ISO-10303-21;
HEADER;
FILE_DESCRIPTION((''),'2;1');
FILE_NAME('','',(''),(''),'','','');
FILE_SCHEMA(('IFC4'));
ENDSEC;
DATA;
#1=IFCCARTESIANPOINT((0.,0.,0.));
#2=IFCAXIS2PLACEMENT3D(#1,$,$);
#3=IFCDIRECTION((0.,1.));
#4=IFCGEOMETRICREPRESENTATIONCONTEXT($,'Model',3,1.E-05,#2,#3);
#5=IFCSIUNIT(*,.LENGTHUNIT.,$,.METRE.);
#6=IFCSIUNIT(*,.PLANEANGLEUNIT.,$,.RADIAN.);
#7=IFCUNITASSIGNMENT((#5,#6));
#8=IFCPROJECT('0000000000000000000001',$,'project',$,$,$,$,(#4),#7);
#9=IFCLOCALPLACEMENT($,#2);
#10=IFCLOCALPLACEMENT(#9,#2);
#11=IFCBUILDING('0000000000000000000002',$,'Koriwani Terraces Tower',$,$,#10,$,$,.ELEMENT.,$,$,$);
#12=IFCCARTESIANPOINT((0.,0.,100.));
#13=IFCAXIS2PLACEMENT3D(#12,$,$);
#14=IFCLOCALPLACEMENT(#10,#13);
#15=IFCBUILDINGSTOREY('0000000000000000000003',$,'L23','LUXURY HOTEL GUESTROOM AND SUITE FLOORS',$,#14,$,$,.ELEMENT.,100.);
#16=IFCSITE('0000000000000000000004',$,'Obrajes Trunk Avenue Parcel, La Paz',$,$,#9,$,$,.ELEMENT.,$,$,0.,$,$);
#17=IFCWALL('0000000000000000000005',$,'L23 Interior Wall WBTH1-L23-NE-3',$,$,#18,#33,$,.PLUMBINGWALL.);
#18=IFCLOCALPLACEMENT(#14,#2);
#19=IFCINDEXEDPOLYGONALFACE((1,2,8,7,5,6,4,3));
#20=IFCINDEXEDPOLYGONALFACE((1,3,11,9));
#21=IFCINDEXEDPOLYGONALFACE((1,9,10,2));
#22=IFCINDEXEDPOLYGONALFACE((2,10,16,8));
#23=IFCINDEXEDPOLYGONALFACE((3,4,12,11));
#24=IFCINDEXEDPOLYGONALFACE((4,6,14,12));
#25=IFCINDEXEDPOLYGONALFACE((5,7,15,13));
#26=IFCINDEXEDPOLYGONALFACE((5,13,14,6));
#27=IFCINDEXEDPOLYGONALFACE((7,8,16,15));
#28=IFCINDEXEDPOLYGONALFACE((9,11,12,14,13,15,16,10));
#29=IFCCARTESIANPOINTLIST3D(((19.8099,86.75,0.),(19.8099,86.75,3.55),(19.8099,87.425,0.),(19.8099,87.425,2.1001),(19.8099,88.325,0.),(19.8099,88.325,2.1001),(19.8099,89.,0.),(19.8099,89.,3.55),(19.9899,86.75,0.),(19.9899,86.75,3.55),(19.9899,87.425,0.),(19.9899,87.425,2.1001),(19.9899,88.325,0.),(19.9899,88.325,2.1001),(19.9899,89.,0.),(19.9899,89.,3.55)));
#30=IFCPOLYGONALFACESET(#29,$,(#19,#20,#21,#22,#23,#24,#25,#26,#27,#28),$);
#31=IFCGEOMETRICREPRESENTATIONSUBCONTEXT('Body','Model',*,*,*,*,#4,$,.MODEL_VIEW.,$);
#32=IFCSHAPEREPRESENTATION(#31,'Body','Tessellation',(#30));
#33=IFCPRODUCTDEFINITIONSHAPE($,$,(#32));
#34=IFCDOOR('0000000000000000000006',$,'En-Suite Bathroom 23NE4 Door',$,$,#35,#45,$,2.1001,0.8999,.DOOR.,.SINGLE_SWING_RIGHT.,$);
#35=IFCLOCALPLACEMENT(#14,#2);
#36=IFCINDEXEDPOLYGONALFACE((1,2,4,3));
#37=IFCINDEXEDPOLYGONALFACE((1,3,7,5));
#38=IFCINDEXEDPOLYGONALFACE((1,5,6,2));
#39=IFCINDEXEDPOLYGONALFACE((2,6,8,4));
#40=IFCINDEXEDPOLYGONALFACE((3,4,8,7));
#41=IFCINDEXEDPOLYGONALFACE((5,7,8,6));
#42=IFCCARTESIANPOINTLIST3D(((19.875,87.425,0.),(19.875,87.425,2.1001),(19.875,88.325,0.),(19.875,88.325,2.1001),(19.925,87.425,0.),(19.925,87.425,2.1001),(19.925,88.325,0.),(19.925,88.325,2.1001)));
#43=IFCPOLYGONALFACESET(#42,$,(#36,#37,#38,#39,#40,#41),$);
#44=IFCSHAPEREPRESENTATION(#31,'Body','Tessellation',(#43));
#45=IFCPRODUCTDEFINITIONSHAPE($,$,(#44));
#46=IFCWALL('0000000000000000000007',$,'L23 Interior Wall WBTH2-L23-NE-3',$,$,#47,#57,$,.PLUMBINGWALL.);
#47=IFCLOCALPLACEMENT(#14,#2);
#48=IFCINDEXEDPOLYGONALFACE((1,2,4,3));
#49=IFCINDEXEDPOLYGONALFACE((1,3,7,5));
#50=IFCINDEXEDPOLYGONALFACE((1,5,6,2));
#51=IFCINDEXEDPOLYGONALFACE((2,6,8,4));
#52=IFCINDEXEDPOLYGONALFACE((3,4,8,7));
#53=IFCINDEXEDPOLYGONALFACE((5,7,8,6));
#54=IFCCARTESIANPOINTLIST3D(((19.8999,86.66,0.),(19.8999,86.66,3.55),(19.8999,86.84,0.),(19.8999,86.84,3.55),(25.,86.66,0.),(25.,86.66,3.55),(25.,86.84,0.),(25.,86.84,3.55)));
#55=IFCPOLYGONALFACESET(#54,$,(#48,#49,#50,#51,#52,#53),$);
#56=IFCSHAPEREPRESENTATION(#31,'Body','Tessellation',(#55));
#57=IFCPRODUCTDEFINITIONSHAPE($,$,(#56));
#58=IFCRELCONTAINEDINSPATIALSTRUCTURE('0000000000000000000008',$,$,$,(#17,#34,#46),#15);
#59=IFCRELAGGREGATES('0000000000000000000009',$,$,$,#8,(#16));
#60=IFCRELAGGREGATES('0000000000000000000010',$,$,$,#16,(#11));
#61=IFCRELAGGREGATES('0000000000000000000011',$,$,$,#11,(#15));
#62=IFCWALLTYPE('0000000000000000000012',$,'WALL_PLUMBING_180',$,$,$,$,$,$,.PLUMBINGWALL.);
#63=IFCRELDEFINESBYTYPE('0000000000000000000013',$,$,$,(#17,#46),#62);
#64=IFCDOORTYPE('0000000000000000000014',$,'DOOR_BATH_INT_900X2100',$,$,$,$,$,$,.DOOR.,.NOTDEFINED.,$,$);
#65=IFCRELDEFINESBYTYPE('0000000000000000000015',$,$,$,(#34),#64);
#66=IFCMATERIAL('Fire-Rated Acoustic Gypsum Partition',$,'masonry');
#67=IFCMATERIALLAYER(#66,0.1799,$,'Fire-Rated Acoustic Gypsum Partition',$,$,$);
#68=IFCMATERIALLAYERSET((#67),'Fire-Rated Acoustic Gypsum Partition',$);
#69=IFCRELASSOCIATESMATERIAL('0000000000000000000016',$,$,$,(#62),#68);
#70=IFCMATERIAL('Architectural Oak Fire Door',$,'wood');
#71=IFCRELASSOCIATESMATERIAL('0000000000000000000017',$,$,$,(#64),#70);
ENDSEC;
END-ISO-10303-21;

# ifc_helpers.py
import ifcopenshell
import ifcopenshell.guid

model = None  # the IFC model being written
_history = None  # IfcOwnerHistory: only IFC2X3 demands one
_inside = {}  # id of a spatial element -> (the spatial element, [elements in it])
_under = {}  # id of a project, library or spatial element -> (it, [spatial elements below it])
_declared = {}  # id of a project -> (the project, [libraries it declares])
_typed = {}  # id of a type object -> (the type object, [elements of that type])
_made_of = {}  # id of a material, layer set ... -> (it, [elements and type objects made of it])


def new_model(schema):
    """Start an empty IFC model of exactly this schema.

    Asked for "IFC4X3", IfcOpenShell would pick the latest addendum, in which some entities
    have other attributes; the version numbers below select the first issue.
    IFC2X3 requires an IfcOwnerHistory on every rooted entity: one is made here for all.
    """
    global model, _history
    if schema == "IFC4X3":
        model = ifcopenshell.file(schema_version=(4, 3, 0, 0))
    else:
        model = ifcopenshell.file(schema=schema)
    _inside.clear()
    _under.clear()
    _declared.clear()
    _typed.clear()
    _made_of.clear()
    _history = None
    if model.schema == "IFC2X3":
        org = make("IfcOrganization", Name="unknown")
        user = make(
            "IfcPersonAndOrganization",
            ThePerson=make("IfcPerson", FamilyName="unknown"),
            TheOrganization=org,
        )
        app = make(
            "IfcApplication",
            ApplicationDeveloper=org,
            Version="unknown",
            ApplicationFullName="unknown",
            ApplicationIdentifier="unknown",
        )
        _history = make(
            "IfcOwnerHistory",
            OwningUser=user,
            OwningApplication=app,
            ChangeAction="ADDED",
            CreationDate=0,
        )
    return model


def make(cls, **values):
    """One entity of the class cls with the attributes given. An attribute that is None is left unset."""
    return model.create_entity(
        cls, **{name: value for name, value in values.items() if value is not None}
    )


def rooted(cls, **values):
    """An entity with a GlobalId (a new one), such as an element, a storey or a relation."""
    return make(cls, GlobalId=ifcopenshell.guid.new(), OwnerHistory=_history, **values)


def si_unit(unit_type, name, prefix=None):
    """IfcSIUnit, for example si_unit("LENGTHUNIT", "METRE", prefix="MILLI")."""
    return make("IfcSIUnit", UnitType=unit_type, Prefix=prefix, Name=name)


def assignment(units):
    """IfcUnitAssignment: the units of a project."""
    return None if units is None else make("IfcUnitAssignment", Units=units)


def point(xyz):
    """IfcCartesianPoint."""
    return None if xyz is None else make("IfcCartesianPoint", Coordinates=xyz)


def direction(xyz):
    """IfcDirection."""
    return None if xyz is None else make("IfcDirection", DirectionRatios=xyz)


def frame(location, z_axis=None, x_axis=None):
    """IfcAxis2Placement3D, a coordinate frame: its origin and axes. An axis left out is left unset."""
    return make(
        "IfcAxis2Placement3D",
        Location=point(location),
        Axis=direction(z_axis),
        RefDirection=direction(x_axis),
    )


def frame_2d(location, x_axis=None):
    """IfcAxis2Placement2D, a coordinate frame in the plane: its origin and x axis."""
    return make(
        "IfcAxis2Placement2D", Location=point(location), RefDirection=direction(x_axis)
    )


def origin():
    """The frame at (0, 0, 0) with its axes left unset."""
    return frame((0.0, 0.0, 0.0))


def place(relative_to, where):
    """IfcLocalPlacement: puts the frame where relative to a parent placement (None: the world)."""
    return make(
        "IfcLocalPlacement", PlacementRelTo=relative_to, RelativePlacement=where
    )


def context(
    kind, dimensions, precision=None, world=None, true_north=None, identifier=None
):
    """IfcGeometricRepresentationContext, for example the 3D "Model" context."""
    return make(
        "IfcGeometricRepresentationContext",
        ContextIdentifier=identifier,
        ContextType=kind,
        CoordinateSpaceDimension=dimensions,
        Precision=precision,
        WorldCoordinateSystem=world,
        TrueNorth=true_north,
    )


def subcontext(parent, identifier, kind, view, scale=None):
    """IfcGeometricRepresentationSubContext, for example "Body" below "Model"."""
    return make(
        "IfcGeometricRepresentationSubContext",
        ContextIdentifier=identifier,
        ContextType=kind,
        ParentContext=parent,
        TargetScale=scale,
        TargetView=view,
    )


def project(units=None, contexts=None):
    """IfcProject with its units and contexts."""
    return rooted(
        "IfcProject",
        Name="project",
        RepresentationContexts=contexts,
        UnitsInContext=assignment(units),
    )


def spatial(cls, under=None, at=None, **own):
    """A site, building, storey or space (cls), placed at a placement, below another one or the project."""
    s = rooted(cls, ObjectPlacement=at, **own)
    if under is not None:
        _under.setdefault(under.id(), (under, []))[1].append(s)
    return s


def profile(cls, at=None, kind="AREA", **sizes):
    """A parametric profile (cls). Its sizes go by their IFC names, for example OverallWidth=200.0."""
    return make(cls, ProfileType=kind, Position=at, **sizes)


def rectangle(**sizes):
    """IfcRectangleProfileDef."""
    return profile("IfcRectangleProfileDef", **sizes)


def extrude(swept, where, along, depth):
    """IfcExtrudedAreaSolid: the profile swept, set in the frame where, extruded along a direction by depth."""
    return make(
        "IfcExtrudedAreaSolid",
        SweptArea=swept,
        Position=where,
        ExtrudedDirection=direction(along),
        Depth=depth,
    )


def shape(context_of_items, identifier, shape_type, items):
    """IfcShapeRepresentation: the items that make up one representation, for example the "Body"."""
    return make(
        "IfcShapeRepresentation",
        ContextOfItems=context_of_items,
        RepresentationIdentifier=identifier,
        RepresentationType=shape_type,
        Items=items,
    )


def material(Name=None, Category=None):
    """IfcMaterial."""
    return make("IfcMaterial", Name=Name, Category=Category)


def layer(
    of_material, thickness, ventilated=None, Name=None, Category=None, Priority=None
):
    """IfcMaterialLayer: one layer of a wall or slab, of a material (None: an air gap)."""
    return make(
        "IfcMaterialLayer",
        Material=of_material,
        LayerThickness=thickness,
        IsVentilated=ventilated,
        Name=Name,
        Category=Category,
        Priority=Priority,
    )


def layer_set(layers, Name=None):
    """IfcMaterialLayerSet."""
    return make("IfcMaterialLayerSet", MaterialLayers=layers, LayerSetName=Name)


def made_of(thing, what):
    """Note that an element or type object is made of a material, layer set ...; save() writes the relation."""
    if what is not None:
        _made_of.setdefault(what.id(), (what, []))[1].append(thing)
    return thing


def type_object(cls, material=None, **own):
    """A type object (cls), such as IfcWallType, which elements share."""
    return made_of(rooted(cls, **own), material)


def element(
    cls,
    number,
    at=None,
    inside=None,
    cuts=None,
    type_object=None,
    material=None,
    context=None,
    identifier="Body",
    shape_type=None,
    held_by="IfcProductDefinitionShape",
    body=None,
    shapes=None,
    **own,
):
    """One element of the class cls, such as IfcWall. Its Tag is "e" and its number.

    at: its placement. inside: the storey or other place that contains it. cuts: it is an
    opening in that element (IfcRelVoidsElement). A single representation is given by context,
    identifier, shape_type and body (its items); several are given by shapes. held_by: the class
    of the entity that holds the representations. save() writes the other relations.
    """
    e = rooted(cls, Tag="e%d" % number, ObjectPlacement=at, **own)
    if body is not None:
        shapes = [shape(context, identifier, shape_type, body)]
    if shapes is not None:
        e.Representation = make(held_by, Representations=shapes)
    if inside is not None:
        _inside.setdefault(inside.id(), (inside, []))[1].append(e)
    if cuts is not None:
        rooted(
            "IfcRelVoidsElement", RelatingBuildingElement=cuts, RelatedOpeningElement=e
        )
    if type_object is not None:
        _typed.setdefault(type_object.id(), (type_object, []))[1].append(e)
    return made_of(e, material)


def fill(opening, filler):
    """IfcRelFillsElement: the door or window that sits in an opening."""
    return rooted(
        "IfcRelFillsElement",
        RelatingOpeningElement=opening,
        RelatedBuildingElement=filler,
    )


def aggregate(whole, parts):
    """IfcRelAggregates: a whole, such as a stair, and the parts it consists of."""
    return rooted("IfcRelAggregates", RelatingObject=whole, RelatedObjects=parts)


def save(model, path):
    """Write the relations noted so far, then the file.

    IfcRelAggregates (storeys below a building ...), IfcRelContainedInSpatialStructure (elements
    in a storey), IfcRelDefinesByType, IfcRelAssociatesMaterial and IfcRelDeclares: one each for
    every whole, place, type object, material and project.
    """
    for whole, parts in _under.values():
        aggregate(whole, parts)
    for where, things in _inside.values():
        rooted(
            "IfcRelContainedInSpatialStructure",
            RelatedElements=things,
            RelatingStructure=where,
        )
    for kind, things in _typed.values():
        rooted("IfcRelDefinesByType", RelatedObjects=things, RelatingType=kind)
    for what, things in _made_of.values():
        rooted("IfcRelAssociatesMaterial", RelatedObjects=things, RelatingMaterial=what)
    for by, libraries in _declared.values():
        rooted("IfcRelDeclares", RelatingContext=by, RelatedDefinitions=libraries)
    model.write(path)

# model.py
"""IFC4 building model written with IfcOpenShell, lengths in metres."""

from ifc_helpers import new_model, si_unit, direction, frame, frame_2d, origin, place, context, subcontext, project, spatial, rectangle, extrude, material, layer, layer_set, type_object, element, fill, save


model = new_model("IFC4")

# Units and contexts
model_context = context("Model", 3, precision=1e-05, world=origin(), true_north=direction((0.0, 1.0)))
body_context = subcontext(model_context, "Body", "Model", "MODEL_VIEW")
ifc_project = project(units=[si_unit("LENGTHUNIT", "METRE"), si_unit("PLANEANGLEUNIT", "RADIAN")], contexts=[model_context])

# Site, building, storey
site_placement = place(None, origin())
site = spatial("IfcSite", under=ifc_project, at=site_placement, Name="Obrajes Trunk Avenue Parcel, La Paz", CompositionType="ELEMENT", RefElevation=0.0)
building_placement = place(site_placement, origin())
building = spatial("IfcBuilding", under=site, at=building_placement, Name="Koriwani Terraces Tower", CompositionType="ELEMENT")
storey_placement = place(building_placement, frame((0.0, 0.0, 100.0)))
storey = spatial("IfcBuildingStorey", under=building, at=storey_placement, Name="L23", Description="LUXURY HOTEL GUESTROOM AND SUITE FLOORS", CompositionType="ELEMENT", Elevation=100.0)

# Shared definitions
ifc_material_1 = material(Name="Fire-Rated Acoustic Gypsum Partition", Category="masonry")
ifc_layer_1 = layer(ifc_material_1, 0.1799, Name="Fire-Rated Acoustic Gypsum Partition")
ifc_layer_set_1 = layer_set([ifc_layer_1], Name="Fire-Rated Acoustic Gypsum Partition")
wall_type_1 = type_object("IfcWallType", Name="WALL_PLUMBING_180", PredefinedType="PLUMBINGWALL", material=ifc_layer_set_1)
ifc_material_2 = material(Name="Architectural Oak Fire Door", Category="wood")
door_type = type_object("IfcDoorType", Name="DOOR_BATH_INT_900X2100", OperationType="NOTDEFINED", PredefinedType="DOOR", material=ifc_material_2)

# Wall, opening, door
wall_1_placement = place(storey_placement, frame((19.8999, 86.75, 0.0), z_axis=(0.0, 0.0, 1.0), x_axis=(0.0, 1.0, 0.0)))
wall_1 = element("IfcWall", 1, at=wall_1_placement, inside=storey, type_object=wall_type_1, Name="L23 Interior Wall WBTH1-L23-NE-3", PredefinedType="PLUMBINGWALL", context=body_context, shape_type="SweptSolid", body=[
    extrude(rectangle(XDim=2.25, YDim=0.1799, at=frame_2d((1.125, 0.0))), origin(), (0.0, 0.0, 1.0), 3.55),
])
opening_1_placement = place(wall_1_placement, frame((0.675, 0.0, 0.0)))
opening_1 = element("IfcOpeningElement", 2, at=opening_1_placement, cuts=wall_1, PredefinedType="OPENING", context=body_context, shape_type="SweptSolid", body=[
    extrude(rectangle(XDim=0.8999, YDim=2.1001, at=frame_2d((0.45, 1.05))), frame((0.0, 0.1001, 0.0), z_axis=(0.0, -1.0, 0.0), x_axis=(1.0, 0.0, 0.0)), (0.0, 0.0, 1.0), 0.2),
])
door_1_placement = place(opening_1_placement, origin())
door_1 = element("IfcDoor", 3, at=door_1_placement, inside=storey, type_object=door_type, Name="En-Suite Bathroom 23NE4 Door", OperationType="SINGLE_SWING_RIGHT", OverallHeight=2.1001, OverallWidth=0.8999, PredefinedType="DOOR", context=body_context, shape_type="SweptSolid", body=[
    extrude(rectangle(XDim=0.8999, YDim=2.1001, at=frame_2d((0.45, 1.05))), frame((0.0, 0.0249, 0.0), z_axis=(0.0, -1.0, 0.0), x_axis=(1.0, 0.0, 0.0)), (0.0, 0.0, 1.0), 0.05),
])
fill(opening_1, door_1)

# Wall
wall_2_placement = place(storey_placement, frame((19.8999, 86.75, 0.0), z_axis=(0.0, 0.0, 1.0), x_axis=(1.0, 0.0, 0.0)))
element("IfcWall", 4, at=wall_2_placement, inside=storey, type_object=wall_type_1, Name="L23 Interior Wall WBTH2-L23-NE-3", PredefinedType="PLUMBINGWALL", context=body_context, shape_type="SweptSolid", body=[
    extrude(rectangle(XDim=5.1001, YDim=0.1799, at=frame_2d((2.55, 0.0))), origin(), (0.0, 0.0, 1.0), 3.55),
])

save(model, "model.ifc")
